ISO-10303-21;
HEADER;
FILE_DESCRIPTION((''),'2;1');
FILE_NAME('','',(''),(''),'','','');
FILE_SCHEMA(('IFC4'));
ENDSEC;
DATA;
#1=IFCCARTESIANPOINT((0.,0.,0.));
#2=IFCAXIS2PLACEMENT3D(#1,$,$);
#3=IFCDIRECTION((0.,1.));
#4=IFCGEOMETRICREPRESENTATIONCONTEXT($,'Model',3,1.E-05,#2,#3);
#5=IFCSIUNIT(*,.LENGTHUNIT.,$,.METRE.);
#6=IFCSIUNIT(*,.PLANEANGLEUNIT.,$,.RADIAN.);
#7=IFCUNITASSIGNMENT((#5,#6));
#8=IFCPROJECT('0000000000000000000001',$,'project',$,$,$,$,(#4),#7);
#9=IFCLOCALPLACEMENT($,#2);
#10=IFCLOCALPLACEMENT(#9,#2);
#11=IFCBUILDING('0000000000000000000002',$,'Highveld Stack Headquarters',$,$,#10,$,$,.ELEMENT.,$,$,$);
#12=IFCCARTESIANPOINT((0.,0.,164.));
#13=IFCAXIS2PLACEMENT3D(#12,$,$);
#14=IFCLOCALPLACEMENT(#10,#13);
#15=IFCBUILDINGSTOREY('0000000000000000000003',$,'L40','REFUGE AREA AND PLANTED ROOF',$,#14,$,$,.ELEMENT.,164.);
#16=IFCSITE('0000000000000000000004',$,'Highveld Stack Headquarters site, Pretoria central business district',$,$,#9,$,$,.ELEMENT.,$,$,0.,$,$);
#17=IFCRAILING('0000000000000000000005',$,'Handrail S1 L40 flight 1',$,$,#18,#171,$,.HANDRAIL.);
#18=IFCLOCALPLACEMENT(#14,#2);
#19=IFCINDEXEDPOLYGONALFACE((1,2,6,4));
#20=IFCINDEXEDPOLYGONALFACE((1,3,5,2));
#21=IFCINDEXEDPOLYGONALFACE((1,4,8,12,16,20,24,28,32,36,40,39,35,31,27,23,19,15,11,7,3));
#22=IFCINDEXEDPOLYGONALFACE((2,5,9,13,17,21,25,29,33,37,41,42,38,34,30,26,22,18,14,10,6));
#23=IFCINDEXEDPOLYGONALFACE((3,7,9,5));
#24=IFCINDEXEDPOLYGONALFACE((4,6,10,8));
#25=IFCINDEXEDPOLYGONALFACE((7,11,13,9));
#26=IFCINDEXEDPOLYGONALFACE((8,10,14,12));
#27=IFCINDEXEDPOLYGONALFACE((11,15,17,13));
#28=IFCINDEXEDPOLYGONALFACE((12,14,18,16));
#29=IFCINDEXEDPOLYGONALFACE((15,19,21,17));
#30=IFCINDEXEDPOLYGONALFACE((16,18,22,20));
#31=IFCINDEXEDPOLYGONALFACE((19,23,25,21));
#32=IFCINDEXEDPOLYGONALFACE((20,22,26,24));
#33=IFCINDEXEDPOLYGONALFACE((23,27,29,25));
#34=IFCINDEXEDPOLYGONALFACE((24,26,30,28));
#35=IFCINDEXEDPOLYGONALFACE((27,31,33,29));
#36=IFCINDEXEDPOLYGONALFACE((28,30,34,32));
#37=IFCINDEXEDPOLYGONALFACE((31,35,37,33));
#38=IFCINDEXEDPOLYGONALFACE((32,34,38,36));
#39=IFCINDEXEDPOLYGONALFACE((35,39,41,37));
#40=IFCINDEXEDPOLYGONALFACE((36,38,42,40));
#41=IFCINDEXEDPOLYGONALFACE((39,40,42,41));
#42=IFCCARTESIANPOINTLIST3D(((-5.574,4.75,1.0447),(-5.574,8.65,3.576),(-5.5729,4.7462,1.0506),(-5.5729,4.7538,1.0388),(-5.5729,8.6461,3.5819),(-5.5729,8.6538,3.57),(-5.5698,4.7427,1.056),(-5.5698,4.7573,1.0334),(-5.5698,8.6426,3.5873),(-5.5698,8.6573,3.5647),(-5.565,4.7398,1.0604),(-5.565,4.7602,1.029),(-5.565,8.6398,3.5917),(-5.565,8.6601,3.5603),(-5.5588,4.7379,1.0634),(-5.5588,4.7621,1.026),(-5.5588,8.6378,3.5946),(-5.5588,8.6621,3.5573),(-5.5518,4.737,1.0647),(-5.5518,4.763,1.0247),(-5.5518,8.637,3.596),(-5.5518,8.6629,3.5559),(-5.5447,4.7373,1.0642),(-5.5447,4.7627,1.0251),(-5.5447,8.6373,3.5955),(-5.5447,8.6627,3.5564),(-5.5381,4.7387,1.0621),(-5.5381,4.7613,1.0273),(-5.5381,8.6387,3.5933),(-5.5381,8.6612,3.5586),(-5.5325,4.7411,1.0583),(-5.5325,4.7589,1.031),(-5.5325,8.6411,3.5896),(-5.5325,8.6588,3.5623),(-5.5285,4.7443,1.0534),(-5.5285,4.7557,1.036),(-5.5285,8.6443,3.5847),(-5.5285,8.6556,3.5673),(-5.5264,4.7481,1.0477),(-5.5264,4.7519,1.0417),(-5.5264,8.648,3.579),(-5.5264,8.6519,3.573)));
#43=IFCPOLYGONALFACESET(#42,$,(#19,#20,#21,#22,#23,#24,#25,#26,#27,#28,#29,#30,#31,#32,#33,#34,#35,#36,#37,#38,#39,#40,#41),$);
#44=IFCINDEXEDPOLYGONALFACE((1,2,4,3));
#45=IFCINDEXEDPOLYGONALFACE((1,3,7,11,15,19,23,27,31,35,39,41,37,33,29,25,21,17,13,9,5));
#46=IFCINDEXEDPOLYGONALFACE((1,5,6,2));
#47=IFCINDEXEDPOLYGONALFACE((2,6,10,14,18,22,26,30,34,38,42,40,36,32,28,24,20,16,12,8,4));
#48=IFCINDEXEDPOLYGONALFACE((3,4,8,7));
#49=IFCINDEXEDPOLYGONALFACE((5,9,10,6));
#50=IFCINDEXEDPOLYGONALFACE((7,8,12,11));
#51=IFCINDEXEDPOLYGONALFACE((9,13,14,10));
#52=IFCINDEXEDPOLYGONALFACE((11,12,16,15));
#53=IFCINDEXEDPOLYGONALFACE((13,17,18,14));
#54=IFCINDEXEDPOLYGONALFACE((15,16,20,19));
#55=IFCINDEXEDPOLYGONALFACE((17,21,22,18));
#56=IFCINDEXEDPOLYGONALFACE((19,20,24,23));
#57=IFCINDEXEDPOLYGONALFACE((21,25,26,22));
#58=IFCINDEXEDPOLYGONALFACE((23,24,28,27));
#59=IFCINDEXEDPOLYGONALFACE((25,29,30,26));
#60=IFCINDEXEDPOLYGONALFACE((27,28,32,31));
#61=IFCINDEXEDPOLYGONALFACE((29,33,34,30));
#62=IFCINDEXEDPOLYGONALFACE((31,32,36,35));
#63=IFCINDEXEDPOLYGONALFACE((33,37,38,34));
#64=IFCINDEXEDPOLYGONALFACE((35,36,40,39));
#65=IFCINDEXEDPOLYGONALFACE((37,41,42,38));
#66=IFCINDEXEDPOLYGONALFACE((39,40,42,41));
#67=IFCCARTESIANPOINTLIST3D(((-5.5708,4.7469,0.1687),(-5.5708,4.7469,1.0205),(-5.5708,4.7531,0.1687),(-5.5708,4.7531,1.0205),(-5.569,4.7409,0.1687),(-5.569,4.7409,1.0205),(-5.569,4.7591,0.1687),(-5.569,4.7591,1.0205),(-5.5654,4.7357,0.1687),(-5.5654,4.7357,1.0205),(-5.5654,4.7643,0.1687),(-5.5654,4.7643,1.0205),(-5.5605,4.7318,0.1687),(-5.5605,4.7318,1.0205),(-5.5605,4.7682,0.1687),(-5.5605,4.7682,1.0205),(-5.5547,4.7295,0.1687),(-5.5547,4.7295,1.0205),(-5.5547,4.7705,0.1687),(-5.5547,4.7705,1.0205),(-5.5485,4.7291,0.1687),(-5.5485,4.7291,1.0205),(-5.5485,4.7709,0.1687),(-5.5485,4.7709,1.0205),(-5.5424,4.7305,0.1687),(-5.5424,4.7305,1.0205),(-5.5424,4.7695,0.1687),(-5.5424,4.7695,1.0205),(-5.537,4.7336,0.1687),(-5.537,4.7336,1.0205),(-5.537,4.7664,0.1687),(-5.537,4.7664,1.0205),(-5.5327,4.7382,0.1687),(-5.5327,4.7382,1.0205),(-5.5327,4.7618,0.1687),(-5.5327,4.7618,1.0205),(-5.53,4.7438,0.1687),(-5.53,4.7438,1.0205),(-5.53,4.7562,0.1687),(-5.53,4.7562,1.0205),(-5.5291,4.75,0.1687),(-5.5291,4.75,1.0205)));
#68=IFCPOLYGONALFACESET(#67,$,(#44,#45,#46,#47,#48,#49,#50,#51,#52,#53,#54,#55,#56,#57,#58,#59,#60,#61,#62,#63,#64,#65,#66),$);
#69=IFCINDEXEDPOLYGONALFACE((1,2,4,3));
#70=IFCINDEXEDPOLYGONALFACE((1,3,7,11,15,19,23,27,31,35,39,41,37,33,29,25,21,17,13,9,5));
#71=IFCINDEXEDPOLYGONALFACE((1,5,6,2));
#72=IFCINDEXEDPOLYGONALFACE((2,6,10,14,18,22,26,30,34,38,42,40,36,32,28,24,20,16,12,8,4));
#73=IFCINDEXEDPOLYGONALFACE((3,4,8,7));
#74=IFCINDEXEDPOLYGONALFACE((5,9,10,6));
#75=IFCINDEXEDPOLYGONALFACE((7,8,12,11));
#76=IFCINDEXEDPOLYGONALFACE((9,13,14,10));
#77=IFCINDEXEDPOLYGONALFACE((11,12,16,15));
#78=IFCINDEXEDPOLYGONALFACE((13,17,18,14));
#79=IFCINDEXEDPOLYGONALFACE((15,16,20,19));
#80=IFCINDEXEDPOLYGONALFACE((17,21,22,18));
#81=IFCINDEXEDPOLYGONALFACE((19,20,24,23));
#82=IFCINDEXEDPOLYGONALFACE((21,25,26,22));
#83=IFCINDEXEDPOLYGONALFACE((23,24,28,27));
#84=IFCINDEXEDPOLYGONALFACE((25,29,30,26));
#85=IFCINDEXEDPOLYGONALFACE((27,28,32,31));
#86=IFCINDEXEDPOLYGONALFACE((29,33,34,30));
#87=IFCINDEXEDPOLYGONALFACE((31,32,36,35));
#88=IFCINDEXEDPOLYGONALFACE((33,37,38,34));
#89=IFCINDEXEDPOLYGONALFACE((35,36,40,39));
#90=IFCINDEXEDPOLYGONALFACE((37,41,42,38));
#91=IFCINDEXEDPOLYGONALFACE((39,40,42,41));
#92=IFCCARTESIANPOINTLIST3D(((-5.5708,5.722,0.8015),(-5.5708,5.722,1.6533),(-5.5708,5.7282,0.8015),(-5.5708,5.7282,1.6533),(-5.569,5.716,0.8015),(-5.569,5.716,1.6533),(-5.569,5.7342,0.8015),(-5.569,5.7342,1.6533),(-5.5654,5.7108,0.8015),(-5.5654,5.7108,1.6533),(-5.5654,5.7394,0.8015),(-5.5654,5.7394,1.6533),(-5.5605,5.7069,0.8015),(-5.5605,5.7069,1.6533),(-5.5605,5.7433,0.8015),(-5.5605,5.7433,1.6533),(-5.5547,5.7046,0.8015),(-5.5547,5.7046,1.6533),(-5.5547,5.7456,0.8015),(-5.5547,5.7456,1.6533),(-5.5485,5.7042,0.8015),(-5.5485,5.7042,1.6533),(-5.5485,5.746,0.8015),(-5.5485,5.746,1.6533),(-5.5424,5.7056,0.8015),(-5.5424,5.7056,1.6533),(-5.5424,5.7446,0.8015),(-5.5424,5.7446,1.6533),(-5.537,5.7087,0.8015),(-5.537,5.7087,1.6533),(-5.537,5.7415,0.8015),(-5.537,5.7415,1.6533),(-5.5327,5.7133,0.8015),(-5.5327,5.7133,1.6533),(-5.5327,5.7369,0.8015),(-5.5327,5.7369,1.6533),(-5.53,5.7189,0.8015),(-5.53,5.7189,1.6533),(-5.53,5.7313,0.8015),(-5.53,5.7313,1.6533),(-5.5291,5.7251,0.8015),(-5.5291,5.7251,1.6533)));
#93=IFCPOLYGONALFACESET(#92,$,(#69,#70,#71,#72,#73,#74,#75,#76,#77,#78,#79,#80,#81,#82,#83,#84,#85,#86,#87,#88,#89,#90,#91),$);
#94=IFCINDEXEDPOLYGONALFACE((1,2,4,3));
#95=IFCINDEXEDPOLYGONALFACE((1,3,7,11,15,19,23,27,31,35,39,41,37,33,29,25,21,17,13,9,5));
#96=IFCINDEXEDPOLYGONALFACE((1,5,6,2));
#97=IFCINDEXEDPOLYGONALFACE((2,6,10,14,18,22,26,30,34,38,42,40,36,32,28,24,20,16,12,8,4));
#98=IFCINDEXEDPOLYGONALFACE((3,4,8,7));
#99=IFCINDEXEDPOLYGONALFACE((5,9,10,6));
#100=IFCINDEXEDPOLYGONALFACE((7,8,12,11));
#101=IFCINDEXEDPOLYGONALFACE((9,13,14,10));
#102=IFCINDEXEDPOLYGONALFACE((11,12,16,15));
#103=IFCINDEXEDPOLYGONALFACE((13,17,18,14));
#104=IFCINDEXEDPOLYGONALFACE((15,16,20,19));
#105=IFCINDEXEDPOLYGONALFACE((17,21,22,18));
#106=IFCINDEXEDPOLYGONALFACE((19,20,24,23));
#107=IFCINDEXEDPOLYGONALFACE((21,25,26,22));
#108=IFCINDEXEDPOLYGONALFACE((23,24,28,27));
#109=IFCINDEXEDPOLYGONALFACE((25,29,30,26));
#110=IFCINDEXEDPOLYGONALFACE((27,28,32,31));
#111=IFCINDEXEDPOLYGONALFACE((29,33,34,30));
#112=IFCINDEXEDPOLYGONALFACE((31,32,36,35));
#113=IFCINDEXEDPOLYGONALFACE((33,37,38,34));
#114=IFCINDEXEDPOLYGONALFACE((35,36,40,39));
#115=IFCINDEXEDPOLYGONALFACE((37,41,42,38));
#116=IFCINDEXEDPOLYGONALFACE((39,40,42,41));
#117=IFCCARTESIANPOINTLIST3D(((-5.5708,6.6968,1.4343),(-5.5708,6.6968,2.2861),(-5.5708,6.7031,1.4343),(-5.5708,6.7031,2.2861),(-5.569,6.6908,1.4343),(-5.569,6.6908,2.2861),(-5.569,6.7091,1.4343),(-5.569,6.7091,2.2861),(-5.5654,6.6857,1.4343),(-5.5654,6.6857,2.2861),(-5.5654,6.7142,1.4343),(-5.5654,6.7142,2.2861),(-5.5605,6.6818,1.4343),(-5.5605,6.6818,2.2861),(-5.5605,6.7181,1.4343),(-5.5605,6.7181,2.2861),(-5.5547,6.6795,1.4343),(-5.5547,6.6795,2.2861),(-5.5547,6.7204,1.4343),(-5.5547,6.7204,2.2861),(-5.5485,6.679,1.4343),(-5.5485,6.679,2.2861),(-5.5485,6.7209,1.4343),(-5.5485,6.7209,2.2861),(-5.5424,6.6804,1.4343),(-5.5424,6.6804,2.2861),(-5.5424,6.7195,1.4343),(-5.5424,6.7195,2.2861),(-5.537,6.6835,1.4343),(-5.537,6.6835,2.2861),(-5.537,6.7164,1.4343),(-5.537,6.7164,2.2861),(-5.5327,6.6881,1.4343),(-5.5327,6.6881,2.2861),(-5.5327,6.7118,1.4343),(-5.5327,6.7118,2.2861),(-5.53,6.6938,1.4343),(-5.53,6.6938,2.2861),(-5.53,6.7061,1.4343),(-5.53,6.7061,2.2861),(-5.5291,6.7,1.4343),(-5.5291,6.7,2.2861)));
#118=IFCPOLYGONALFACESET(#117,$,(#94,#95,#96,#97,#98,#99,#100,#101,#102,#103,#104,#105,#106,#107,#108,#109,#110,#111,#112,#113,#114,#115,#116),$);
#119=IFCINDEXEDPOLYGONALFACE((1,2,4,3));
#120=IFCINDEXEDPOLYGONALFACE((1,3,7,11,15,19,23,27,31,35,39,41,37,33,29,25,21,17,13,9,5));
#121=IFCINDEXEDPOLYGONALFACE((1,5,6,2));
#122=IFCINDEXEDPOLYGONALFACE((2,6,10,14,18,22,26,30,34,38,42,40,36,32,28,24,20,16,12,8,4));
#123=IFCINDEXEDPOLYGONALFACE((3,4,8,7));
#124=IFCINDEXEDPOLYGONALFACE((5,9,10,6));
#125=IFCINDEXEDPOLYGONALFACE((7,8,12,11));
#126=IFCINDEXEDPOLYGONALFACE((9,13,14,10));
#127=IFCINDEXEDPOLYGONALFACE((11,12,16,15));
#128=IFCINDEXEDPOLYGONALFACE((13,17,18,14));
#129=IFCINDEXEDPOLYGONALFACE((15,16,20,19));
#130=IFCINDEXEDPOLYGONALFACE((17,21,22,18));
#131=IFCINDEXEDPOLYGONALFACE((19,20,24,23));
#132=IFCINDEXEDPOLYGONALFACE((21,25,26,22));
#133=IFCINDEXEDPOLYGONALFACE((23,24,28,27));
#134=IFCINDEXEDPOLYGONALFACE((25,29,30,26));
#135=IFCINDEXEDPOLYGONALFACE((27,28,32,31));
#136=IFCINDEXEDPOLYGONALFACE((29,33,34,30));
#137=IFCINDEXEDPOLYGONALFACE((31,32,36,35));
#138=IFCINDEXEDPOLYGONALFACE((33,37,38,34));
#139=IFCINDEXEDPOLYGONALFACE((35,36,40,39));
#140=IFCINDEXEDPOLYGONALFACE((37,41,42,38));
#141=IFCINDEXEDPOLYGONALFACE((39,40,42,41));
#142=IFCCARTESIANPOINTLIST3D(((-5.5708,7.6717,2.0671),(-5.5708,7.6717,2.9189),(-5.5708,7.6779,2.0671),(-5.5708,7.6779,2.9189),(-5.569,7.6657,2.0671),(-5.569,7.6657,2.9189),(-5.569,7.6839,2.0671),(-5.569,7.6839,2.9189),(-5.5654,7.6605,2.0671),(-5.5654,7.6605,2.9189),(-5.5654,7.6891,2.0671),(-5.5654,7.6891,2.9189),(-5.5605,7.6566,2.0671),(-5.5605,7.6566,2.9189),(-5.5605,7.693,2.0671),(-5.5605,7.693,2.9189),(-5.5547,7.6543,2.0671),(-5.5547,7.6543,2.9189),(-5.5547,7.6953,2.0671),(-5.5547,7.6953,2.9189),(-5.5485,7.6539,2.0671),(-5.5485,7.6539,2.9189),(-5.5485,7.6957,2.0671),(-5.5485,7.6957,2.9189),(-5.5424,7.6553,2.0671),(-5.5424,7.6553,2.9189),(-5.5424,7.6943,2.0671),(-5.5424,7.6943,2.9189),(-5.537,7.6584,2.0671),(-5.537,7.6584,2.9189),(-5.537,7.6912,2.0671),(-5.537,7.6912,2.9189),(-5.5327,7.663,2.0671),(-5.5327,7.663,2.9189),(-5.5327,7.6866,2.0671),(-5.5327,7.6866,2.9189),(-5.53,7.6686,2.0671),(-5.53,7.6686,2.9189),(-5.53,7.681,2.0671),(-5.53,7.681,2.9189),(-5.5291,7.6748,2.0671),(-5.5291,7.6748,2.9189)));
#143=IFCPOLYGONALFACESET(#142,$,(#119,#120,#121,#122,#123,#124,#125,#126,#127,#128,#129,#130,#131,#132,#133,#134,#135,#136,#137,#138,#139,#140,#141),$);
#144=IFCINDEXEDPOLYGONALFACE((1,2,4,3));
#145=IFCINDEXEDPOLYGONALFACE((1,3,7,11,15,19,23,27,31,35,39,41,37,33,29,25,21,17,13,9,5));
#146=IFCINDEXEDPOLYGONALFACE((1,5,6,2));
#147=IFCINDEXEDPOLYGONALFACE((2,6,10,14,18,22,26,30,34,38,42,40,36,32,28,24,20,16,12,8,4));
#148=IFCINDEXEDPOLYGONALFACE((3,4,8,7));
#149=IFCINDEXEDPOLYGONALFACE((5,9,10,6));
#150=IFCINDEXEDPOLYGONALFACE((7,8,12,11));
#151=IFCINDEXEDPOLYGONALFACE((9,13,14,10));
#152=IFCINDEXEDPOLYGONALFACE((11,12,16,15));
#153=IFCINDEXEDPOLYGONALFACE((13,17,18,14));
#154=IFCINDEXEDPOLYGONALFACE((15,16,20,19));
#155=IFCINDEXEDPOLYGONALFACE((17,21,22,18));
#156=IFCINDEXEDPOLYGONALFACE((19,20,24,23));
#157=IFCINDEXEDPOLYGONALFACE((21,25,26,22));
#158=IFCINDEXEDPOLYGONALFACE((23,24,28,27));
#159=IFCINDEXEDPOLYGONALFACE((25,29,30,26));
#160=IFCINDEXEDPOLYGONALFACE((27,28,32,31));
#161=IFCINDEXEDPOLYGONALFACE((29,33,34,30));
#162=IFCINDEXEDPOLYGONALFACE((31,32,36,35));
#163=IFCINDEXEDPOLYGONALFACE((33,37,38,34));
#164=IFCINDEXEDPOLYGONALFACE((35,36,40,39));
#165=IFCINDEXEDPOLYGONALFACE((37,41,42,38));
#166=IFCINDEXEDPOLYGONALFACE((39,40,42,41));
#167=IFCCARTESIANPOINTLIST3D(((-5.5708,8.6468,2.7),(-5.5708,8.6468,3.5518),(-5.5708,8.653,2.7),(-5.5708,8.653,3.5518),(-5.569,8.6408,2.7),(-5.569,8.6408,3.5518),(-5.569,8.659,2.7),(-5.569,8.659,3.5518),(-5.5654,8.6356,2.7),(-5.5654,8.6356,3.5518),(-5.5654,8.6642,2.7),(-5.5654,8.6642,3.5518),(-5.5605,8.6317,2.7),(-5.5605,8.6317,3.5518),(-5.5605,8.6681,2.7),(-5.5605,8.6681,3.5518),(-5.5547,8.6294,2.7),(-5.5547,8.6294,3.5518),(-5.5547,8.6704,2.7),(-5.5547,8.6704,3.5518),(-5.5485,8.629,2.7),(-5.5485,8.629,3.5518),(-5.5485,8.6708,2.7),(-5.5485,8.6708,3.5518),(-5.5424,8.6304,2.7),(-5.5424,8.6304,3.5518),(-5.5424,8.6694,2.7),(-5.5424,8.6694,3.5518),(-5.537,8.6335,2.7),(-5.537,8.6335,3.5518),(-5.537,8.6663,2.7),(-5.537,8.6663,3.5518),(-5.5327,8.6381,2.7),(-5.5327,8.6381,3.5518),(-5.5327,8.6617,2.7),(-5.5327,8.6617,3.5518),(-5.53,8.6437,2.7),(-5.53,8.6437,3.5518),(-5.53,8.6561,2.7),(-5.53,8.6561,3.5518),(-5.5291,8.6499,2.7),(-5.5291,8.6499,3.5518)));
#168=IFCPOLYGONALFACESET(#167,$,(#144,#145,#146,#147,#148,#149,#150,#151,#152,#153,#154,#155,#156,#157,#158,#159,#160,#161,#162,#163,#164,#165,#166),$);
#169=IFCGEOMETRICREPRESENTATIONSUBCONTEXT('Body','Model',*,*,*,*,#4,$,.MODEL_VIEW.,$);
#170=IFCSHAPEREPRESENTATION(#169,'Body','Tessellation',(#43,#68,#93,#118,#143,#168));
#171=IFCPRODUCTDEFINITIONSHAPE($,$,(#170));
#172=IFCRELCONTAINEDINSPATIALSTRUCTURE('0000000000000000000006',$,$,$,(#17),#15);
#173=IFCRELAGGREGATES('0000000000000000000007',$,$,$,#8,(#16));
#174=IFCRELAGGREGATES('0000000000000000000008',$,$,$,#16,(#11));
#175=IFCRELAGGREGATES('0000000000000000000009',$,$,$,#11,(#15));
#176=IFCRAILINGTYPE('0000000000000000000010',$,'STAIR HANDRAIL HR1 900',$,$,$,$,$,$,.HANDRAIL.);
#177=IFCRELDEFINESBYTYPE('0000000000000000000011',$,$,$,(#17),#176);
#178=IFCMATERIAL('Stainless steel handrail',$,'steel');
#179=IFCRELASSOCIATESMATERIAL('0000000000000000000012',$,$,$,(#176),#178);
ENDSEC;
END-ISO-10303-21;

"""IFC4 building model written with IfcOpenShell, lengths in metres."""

from ifc_helpers import new_model, si_unit, direction, frame, origin, origin_2d, place, context, subcontext, project, spatial, circle, extrude, material, type_object, element, save


model = new_model("IFC4")

# Units and contexts
model_context = context("Model", 3, precision=1e-05, world=origin(), true_north=direction((0.0, 1.0)))
body_context = subcontext(model_context, "Body", "Model", "MODEL_VIEW")
ifc_project = project(units=[si_unit("LENGTHUNIT", "METRE"), si_unit("PLANEANGLEUNIT", "RADIAN")], contexts=[model_context])

# Site, building, storey
site_placement = place(None, origin())
site = spatial("IfcSite", under=ifc_project, at=site_placement, Name="Highveld Stack Headquarters site, Pretoria central business district", CompositionType="ELEMENT", RefElevation=0.0)
building_placement = place(site_placement, origin())
building = spatial("IfcBuilding", under=site, at=building_placement, Name="Highveld Stack Headquarters", CompositionType="ELEMENT")
storey_placement = place(building_placement, frame((0.0, 0.0, 164.0)))
storey = spatial("IfcBuildingStorey", under=building, at=storey_placement, Name="L40", Description="REFUGE AREA AND PLANTED ROOF", CompositionType="ELEMENT", Elevation=164.0)

# Railing
ifc_material_1 = material(Name="Stainless steel handrail", Category="steel")
railing_type = type_object("IfcRailingType", Name="STAIR HANDRAIL HR1 900", PredefinedType="HANDRAIL", material=ifc_material_1)
for number, where, name in (
    (1, (-5.55, 4.75, 0.1687), "Handrail S1 L40 flight 1"),
):
    element("IfcRailing", number, at=place(storey_placement, frame(where)), inside=storey, type_object=railing_type, Name=name, PredefinedType="HANDRAIL", context=body_context, shape_type="SweptSolid", body=[
        extrude(circle(Radius=0.0239, at=origin_2d()), frame((0.0, 0.0, 0.876), z_axis=(0.0, 0.838806, 0.544431), x_axis=(-1.0, 0.0, 0.0)), (0.0, 0.0, 1.0), 4.6494),
        extrude(circle(Radius=0.021, at=origin_2d()), origin(), (0.0, 0.0, 1.0), 0.8518),
        extrude(circle(Radius=0.021, at=origin_2d()), frame((0.0, 0.9751, 0.6328)), (0.0, 0.0, 1.0), 0.8518),
        extrude(circle(Radius=0.021, at=origin_2d()), frame((0.0, 1.95, 1.2656)), (0.0, 0.0, 1.0), 0.8518),
        extrude(circle(Radius=0.021, at=origin_2d()), frame((0.0, 2.9248, 1.8984)), (0.0, 0.0, 1.0), 0.8518),
        extrude(circle(Radius=0.021, at=origin_2d()), frame((0.0, 3.8999, 2.5312)), (0.0, 0.0, 1.0), 0.8518),
    ])

save(model, "model.ifc")
